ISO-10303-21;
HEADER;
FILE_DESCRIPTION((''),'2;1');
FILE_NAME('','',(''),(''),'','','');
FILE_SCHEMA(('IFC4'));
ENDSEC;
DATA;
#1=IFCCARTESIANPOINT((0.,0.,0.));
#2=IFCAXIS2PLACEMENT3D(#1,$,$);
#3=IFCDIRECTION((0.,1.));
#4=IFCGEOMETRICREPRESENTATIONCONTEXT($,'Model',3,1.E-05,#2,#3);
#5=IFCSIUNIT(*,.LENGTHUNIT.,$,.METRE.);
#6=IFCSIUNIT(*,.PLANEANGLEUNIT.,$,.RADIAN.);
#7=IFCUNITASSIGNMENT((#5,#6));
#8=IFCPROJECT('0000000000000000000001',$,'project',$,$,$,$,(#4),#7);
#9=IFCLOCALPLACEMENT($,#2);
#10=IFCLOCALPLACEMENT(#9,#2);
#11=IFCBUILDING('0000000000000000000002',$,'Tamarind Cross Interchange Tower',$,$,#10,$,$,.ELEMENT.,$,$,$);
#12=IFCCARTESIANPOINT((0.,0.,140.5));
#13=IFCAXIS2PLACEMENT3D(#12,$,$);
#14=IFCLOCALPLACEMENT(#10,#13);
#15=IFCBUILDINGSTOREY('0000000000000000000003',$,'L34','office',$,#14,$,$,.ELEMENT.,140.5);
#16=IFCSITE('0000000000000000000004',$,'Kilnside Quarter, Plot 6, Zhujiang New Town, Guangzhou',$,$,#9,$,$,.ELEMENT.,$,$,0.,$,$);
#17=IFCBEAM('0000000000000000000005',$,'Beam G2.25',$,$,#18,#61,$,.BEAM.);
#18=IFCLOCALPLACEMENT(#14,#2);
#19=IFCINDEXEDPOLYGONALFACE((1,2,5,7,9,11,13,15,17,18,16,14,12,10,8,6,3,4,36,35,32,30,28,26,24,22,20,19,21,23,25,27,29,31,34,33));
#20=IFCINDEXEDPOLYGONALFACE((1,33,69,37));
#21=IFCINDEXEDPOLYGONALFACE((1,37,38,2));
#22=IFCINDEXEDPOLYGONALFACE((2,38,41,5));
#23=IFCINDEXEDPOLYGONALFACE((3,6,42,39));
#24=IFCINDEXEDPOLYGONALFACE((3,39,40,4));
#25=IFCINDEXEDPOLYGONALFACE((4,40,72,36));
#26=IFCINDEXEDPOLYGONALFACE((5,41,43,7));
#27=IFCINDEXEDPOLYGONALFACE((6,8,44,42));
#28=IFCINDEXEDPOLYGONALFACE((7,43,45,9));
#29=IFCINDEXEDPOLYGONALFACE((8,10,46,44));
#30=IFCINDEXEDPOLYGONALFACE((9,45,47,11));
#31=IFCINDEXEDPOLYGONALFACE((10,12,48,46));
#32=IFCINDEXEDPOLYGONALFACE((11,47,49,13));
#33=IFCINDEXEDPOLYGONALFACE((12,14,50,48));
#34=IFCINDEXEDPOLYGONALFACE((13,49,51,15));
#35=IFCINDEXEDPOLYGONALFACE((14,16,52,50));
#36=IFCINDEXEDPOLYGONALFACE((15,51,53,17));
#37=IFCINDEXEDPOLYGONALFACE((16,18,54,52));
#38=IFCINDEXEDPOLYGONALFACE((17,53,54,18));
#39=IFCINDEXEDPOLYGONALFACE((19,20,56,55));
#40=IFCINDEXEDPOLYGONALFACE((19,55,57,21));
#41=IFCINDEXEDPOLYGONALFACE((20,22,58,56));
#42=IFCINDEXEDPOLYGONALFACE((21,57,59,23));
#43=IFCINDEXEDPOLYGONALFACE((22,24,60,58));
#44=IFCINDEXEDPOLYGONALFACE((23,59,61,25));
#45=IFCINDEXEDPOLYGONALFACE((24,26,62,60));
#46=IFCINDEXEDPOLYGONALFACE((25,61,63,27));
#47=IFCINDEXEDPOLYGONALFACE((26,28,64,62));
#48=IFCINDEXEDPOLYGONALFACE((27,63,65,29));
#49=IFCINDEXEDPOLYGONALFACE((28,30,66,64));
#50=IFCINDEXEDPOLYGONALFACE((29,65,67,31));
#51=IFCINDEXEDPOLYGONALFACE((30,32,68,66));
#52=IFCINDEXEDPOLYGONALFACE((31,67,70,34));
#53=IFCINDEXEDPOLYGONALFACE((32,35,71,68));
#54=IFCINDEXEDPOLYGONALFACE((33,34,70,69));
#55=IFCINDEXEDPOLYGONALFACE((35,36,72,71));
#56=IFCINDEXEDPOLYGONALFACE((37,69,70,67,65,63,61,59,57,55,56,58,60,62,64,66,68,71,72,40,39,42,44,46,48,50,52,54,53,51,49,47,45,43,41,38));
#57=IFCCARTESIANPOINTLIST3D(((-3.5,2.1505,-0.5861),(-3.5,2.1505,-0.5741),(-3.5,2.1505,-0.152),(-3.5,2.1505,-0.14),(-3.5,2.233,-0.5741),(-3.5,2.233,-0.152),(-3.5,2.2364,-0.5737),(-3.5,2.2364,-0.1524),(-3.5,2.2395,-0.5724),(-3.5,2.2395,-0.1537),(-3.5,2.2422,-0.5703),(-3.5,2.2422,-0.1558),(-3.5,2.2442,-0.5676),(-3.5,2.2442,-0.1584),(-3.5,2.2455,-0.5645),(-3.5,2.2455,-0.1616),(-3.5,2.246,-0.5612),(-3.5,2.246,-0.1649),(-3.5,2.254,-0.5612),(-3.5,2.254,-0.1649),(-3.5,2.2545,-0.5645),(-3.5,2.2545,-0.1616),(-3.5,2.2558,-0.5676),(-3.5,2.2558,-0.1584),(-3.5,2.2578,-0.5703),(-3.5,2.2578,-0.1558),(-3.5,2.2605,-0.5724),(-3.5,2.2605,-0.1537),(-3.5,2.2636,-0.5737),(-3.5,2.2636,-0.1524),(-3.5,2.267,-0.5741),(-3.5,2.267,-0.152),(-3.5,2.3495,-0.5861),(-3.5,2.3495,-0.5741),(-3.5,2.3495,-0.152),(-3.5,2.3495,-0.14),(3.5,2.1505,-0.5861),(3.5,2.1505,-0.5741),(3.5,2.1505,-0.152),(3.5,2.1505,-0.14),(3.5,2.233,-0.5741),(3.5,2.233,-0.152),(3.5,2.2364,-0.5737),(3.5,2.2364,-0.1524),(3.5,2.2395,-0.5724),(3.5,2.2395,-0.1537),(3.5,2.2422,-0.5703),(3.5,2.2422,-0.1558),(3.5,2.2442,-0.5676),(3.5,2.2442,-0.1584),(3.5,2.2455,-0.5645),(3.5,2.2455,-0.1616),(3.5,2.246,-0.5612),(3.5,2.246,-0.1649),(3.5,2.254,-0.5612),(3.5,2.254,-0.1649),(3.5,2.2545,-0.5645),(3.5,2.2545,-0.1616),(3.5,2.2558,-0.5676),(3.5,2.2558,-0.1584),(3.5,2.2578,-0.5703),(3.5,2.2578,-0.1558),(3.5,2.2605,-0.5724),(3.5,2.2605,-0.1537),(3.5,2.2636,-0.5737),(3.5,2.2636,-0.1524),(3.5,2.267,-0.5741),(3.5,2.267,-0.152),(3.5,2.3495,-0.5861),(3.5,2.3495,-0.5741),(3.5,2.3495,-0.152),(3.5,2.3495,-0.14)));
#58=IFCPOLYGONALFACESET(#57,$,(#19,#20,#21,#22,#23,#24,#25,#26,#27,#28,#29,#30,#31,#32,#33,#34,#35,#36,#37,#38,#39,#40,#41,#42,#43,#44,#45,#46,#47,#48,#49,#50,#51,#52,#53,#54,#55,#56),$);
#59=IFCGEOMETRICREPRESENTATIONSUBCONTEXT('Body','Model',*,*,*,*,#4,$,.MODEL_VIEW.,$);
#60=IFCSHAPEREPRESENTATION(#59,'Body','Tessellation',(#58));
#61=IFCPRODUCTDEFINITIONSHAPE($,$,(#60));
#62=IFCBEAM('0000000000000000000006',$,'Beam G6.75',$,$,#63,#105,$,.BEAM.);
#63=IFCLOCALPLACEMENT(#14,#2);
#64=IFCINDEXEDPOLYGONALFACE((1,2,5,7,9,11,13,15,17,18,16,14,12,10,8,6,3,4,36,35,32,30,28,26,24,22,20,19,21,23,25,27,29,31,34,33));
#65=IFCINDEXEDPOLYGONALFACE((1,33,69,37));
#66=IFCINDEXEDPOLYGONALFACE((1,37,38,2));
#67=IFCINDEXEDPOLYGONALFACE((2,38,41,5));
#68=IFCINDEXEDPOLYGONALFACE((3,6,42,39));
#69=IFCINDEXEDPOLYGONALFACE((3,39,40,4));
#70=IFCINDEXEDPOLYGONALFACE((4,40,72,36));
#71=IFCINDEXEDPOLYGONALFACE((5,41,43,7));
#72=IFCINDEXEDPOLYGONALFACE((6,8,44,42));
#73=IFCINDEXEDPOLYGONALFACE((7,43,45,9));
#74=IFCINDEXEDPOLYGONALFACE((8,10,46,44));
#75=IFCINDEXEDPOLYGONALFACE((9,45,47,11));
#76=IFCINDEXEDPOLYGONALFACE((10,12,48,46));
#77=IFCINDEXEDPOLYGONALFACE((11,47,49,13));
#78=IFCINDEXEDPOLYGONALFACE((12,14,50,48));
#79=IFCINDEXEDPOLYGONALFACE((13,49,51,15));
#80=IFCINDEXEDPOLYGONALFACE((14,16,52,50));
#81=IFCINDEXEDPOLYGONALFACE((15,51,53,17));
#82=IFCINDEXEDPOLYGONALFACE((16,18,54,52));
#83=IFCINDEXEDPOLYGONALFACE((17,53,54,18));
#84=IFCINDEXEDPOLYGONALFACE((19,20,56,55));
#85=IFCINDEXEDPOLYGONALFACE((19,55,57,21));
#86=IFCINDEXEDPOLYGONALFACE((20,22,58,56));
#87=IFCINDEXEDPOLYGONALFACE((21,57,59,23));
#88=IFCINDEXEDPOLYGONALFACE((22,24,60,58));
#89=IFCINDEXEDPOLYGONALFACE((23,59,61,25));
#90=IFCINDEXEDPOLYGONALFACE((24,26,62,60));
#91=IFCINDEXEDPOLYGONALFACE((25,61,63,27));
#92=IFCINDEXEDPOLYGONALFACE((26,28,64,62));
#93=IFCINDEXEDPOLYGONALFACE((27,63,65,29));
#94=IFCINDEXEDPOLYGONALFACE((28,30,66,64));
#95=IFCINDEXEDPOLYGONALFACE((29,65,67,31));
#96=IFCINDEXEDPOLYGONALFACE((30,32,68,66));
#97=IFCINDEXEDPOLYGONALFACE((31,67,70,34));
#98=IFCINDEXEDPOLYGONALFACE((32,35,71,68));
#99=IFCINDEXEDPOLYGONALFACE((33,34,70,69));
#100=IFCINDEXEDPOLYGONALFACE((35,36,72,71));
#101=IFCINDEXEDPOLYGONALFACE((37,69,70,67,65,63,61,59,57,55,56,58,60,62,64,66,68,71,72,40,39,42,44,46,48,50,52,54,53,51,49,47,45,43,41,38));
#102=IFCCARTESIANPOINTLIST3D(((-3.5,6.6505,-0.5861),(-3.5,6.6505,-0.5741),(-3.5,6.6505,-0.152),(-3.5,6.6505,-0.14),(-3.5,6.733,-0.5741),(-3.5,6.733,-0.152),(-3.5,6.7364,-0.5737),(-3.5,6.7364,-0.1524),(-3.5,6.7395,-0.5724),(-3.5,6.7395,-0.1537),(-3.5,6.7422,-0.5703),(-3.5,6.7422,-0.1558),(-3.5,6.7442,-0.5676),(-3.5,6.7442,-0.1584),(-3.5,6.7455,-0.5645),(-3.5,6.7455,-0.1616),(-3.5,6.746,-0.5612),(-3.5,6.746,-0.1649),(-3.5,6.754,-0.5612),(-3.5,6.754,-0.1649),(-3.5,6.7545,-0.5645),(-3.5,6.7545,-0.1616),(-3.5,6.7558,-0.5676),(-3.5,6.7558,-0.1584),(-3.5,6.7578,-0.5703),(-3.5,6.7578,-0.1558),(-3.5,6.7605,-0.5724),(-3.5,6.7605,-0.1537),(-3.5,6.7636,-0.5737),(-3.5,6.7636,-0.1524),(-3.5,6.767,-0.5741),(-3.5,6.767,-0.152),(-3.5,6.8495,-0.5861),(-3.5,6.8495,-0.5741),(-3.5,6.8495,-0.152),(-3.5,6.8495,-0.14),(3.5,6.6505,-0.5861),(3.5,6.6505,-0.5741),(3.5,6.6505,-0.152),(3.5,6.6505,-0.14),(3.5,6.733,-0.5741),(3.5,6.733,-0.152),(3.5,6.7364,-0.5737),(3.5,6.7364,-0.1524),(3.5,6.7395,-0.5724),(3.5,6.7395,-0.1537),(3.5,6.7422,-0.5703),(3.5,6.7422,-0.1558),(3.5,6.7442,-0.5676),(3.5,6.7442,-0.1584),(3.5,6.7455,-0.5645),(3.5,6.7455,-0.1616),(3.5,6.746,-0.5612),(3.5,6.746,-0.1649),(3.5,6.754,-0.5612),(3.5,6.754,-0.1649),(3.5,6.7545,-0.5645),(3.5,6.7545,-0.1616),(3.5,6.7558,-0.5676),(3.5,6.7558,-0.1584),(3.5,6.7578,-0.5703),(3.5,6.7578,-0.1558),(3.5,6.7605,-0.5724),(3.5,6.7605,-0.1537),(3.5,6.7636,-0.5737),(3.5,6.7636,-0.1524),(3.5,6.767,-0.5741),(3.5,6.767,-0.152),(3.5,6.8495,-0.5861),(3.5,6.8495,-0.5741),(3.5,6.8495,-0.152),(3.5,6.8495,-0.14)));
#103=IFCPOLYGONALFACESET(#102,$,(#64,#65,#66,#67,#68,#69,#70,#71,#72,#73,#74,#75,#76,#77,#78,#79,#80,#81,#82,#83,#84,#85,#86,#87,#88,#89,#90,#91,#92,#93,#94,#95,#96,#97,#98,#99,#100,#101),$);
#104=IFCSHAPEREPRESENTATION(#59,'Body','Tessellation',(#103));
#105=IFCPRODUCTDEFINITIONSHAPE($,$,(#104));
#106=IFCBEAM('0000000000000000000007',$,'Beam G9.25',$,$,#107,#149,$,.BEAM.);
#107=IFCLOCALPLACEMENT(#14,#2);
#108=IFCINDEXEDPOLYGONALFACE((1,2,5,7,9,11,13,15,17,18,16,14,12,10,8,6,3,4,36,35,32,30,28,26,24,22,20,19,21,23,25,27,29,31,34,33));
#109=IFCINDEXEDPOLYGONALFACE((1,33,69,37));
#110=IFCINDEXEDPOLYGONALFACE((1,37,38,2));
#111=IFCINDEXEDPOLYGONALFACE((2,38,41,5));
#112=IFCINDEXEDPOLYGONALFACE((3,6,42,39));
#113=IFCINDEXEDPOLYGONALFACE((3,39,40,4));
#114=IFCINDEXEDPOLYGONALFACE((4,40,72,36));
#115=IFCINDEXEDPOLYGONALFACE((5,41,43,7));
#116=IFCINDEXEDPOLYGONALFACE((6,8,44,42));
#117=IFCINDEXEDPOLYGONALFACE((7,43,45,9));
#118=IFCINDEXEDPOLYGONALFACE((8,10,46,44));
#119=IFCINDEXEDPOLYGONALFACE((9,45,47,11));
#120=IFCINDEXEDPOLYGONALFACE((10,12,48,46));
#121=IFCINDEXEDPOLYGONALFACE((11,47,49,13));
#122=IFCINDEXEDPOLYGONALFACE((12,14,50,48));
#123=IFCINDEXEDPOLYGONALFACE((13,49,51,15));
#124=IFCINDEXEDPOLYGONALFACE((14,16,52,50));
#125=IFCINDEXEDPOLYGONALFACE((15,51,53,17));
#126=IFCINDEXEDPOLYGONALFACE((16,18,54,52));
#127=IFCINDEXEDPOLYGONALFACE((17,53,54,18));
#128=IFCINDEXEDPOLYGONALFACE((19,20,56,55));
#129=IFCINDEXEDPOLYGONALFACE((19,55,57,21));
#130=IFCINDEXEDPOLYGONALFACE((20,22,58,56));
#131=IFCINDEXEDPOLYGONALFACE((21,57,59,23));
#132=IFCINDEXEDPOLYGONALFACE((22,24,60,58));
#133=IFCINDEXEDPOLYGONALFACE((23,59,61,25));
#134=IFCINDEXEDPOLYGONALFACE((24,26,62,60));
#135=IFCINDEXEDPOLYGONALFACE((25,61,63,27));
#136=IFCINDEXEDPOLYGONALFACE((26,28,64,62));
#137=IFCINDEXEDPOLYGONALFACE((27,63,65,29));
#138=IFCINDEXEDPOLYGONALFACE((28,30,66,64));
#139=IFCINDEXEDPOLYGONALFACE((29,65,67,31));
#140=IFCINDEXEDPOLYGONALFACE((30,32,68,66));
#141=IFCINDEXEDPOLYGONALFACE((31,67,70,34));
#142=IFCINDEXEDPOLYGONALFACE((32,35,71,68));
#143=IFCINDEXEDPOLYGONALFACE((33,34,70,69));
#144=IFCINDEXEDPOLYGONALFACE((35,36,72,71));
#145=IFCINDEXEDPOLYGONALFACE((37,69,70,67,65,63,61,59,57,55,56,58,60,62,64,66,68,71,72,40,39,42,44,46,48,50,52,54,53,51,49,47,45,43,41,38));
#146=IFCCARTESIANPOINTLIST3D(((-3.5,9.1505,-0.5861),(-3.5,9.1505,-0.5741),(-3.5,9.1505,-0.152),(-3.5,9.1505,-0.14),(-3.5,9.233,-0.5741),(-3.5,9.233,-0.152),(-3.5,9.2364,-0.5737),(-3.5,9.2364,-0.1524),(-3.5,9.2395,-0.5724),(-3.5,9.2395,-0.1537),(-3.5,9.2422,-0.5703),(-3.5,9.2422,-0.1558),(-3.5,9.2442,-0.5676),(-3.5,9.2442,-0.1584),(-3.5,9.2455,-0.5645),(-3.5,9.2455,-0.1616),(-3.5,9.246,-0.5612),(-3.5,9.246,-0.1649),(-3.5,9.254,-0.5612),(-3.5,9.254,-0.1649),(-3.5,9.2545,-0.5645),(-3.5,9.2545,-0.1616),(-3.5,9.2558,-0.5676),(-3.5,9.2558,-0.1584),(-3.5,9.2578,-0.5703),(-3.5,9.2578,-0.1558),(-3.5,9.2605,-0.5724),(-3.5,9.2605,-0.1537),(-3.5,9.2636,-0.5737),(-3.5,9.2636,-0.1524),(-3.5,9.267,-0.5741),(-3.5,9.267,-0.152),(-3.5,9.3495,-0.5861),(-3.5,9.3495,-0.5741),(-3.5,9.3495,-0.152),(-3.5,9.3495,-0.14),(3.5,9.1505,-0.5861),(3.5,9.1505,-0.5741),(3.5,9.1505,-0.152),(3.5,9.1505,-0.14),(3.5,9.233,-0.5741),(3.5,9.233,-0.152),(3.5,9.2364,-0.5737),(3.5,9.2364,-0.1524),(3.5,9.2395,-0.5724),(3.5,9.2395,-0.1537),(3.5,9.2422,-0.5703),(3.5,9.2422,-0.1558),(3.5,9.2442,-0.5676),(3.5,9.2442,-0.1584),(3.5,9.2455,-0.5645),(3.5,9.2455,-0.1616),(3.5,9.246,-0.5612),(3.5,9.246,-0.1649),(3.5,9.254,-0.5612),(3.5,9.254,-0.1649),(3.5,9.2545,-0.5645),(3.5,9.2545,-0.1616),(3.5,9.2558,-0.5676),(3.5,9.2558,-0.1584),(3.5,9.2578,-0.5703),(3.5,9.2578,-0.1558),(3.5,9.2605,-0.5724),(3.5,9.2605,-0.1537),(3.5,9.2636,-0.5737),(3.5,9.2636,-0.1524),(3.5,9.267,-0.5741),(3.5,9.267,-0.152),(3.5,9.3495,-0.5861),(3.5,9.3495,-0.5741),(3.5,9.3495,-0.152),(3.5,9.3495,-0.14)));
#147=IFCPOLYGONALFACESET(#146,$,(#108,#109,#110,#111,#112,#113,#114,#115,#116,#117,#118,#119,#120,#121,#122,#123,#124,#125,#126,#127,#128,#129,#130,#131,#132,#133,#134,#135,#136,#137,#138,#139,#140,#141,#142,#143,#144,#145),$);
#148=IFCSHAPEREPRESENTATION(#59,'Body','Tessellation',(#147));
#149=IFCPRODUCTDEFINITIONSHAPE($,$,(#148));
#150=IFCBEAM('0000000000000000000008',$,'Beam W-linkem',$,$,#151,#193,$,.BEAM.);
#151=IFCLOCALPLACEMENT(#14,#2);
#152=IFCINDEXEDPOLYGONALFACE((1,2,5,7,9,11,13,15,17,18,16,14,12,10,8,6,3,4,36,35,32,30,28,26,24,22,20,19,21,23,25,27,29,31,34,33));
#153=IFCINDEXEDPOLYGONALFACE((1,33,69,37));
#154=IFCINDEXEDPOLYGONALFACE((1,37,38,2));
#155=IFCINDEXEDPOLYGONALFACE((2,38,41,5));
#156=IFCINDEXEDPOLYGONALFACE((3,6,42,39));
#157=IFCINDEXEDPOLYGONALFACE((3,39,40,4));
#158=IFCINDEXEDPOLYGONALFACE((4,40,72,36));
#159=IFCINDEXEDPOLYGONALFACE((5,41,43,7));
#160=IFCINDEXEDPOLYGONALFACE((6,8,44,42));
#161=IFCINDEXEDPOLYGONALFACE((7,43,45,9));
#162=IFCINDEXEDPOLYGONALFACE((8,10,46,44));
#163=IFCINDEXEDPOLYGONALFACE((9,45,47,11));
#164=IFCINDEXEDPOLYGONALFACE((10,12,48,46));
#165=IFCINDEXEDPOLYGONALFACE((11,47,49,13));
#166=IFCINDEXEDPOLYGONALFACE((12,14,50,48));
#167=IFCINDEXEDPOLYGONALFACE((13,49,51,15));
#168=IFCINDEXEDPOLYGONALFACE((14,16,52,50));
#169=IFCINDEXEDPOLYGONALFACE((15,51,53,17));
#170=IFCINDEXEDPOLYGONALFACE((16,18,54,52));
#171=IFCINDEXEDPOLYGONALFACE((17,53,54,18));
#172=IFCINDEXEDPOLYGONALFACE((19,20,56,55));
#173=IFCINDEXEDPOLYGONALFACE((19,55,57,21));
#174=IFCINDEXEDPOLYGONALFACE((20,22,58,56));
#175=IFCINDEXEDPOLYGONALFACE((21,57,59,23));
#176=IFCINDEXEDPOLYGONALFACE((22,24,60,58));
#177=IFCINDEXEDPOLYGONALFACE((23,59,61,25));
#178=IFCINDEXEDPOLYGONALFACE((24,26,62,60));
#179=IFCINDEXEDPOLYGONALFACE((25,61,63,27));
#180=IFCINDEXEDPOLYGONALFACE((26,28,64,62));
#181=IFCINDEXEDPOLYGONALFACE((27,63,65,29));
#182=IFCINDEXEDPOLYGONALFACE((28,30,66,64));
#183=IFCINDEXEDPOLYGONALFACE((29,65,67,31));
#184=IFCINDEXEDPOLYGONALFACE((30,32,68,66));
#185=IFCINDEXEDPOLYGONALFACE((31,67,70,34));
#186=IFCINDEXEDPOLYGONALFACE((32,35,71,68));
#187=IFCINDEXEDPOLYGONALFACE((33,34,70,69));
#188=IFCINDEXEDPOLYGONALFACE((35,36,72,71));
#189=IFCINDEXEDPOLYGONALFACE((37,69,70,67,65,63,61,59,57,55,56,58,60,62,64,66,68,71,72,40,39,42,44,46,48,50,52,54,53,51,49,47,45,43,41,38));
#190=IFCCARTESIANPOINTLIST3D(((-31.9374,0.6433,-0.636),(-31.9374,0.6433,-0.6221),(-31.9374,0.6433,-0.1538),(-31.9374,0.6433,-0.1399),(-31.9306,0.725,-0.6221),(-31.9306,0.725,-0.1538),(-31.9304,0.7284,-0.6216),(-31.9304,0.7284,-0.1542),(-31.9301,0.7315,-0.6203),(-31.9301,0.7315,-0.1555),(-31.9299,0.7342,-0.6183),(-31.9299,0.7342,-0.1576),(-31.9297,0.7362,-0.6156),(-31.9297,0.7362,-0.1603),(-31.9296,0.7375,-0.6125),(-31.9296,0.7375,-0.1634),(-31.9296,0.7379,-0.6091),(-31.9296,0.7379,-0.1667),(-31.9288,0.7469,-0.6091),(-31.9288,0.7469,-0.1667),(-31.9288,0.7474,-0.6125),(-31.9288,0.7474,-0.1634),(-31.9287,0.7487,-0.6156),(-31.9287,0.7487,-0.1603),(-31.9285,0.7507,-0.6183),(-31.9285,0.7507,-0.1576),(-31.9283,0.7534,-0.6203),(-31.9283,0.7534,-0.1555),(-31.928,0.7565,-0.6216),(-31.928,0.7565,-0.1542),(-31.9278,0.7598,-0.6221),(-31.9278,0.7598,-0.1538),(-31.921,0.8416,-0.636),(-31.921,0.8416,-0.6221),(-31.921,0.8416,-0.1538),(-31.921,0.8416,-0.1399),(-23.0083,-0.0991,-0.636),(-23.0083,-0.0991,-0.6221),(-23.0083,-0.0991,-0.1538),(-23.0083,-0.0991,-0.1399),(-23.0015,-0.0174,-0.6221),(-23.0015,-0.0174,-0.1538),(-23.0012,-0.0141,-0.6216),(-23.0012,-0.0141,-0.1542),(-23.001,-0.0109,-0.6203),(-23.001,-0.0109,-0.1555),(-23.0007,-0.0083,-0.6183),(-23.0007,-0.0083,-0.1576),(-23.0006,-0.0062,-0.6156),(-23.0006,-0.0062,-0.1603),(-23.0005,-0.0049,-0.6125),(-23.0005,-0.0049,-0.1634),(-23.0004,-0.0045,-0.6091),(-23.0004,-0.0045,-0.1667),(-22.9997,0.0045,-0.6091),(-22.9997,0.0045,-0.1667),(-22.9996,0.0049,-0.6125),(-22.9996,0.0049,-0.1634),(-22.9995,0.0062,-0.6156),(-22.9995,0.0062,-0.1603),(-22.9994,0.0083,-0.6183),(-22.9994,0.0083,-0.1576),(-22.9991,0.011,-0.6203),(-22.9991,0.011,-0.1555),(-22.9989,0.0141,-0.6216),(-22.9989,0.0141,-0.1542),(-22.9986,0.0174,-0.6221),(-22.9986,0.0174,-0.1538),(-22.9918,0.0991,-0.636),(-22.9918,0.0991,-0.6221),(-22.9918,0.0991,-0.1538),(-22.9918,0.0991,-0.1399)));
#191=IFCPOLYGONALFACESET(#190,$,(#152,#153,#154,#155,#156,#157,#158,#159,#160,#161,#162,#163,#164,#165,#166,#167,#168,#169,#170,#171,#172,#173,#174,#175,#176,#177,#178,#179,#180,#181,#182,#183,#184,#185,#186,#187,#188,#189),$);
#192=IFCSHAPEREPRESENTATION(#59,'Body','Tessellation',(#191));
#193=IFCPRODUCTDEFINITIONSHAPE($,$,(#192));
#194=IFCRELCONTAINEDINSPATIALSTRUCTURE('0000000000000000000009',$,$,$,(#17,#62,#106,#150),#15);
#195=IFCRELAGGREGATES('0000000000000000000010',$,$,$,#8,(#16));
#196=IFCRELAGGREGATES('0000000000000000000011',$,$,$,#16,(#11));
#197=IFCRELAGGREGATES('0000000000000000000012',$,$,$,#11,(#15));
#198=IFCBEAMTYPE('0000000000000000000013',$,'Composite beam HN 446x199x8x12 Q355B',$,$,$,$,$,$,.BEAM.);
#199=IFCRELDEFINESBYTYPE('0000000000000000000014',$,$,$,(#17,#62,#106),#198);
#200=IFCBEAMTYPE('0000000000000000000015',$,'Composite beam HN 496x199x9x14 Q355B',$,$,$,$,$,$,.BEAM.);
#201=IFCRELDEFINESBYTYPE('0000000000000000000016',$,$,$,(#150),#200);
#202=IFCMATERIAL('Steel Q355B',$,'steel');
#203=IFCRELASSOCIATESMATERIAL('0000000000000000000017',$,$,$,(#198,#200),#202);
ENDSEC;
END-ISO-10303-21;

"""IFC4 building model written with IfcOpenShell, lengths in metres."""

from ifc_helpers import new_model, si_unit, direction, frame, origin, origin_2d, place, context, subcontext, project, spatial, i_section, extrude, material, material_profile, profile_set, type_object, element, save


model = new_model("IFC4")

# Units and contexts
model_context = context("Model", 3, precision=1e-05, world=origin(), true_north=direction((0.0, 1.0)))
body_context = subcontext(model_context, "Body", "Model", "MODEL_VIEW")
ifc_project = project(units=[si_unit("LENGTHUNIT", "METRE"), si_unit("PLANEANGLEUNIT", "RADIAN")], contexts=[model_context])

# Site, building, storey
site_placement = place(None, origin())
site = spatial("IfcSite", under=ifc_project, at=site_placement, Name="Kilnside Quarter, Plot 6, Zhujiang New Town, Guangzhou", CompositionType="ELEMENT", RefElevation=0.0)
building_placement = place(site_placement, origin())
building = spatial("IfcBuilding", under=site, at=building_placement, Name="Tamarind Cross Interchange Tower", CompositionType="ELEMENT")
storey_placement = place(building_placement, frame((0.0, 0.0, 140.5)))
storey = spatial("IfcBuildingStorey", under=building, at=storey_placement, Name="L34", Description="office", CompositionType="ELEMENT", Elevation=140.5)

# Beams
ifc_material_1 = material(Name="Steel Q355B", Category="steel")
ifc_material_profile_1 = material_profile(ifc_material_1, i_section(OverallWidth=0.199, OverallDepth=0.446, WebThickness=0.0081, FlangeThickness=0.012, FilletRadius=0.0129, at=origin_2d()), Name="HN 446x199x8x12")
ifc_profile_set_1 = profile_set([ifc_material_profile_1], Name="Steel Q355B")
beam_type_1 = type_object("IfcBeamType", Name="Composite beam HN 446x199x8x12 Q355B", PredefinedType="BEAM", material=ifc_profile_set_1)
for number, where, z_axis, x_axis, name in (
    (1, (-3.5, 2.25, -0.363), (1.0, 0.0, 0.0), (0.0, 1.0, 0.0), "Beam G2.25"),
    (2, (-3.5, 6.75, -0.363), (1.0, 0.0, 0.0), (0.0, 1.0, 0.0), "Beam G6.75"),
    (3, (-3.5, 9.25, -0.363), (1.0, 0.0, 0.0), (0.0, 1.0, 0.0), "Beam G9.25"),
):
    element("IfcBeam", number, at=place(storey_placement, frame(where, z_axis=z_axis, x_axis=x_axis)), inside=storey, type_object=beam_type_1, Name=name, PredefinedType="BEAM", context=body_context, shape_type="SweptSolid", body=[
        extrude(i_section(OverallWidth=0.199, OverallDepth=0.446, WebThickness=0.0081, FlangeThickness=0.012, FilletRadius=0.0129, at=origin_2d()), origin(), (0.0, 0.0, 1.0), 7.0),
    ])
ifc_material_profile_2 = material_profile(ifc_material_1, i_section(OverallWidth=0.199, OverallDepth=0.4961, WebThickness=0.009, FlangeThickness=0.0139, FilletRadius=0.0129, at=origin_2d()), Name="HN 496x199x9x14")
ifc_profile_set_2 = profile_set([ifc_material_profile_2], Name="Steel Q355B")
beam_type_2 = type_object("IfcBeamType", Name="Composite beam HN 496x199x9x14 Q355B", PredefinedType="BEAM", material=ifc_profile_set_2)
beam_1_placement = place(storey_placement, frame((-31.9292, 0.7424, -0.3879), z_axis=(0.996561, -0.082861, 0.0), x_axis=(0.082861, 0.996561, 0.0)))
element("IfcBeam", 4, at=beam_1_placement, inside=storey, type_object=beam_type_2, Name="Beam W-linkem", PredefinedType="BEAM", context=body_context, shape_type="SweptSolid", body=[
    extrude(i_section(OverallWidth=0.199, OverallDepth=0.4961, WebThickness=0.009, FlangeThickness=0.0139, FilletRadius=0.0129, at=origin_2d()), origin(), (0.0, 0.0, 1.0), 8.96),
])

save(model, "model.ifc")
